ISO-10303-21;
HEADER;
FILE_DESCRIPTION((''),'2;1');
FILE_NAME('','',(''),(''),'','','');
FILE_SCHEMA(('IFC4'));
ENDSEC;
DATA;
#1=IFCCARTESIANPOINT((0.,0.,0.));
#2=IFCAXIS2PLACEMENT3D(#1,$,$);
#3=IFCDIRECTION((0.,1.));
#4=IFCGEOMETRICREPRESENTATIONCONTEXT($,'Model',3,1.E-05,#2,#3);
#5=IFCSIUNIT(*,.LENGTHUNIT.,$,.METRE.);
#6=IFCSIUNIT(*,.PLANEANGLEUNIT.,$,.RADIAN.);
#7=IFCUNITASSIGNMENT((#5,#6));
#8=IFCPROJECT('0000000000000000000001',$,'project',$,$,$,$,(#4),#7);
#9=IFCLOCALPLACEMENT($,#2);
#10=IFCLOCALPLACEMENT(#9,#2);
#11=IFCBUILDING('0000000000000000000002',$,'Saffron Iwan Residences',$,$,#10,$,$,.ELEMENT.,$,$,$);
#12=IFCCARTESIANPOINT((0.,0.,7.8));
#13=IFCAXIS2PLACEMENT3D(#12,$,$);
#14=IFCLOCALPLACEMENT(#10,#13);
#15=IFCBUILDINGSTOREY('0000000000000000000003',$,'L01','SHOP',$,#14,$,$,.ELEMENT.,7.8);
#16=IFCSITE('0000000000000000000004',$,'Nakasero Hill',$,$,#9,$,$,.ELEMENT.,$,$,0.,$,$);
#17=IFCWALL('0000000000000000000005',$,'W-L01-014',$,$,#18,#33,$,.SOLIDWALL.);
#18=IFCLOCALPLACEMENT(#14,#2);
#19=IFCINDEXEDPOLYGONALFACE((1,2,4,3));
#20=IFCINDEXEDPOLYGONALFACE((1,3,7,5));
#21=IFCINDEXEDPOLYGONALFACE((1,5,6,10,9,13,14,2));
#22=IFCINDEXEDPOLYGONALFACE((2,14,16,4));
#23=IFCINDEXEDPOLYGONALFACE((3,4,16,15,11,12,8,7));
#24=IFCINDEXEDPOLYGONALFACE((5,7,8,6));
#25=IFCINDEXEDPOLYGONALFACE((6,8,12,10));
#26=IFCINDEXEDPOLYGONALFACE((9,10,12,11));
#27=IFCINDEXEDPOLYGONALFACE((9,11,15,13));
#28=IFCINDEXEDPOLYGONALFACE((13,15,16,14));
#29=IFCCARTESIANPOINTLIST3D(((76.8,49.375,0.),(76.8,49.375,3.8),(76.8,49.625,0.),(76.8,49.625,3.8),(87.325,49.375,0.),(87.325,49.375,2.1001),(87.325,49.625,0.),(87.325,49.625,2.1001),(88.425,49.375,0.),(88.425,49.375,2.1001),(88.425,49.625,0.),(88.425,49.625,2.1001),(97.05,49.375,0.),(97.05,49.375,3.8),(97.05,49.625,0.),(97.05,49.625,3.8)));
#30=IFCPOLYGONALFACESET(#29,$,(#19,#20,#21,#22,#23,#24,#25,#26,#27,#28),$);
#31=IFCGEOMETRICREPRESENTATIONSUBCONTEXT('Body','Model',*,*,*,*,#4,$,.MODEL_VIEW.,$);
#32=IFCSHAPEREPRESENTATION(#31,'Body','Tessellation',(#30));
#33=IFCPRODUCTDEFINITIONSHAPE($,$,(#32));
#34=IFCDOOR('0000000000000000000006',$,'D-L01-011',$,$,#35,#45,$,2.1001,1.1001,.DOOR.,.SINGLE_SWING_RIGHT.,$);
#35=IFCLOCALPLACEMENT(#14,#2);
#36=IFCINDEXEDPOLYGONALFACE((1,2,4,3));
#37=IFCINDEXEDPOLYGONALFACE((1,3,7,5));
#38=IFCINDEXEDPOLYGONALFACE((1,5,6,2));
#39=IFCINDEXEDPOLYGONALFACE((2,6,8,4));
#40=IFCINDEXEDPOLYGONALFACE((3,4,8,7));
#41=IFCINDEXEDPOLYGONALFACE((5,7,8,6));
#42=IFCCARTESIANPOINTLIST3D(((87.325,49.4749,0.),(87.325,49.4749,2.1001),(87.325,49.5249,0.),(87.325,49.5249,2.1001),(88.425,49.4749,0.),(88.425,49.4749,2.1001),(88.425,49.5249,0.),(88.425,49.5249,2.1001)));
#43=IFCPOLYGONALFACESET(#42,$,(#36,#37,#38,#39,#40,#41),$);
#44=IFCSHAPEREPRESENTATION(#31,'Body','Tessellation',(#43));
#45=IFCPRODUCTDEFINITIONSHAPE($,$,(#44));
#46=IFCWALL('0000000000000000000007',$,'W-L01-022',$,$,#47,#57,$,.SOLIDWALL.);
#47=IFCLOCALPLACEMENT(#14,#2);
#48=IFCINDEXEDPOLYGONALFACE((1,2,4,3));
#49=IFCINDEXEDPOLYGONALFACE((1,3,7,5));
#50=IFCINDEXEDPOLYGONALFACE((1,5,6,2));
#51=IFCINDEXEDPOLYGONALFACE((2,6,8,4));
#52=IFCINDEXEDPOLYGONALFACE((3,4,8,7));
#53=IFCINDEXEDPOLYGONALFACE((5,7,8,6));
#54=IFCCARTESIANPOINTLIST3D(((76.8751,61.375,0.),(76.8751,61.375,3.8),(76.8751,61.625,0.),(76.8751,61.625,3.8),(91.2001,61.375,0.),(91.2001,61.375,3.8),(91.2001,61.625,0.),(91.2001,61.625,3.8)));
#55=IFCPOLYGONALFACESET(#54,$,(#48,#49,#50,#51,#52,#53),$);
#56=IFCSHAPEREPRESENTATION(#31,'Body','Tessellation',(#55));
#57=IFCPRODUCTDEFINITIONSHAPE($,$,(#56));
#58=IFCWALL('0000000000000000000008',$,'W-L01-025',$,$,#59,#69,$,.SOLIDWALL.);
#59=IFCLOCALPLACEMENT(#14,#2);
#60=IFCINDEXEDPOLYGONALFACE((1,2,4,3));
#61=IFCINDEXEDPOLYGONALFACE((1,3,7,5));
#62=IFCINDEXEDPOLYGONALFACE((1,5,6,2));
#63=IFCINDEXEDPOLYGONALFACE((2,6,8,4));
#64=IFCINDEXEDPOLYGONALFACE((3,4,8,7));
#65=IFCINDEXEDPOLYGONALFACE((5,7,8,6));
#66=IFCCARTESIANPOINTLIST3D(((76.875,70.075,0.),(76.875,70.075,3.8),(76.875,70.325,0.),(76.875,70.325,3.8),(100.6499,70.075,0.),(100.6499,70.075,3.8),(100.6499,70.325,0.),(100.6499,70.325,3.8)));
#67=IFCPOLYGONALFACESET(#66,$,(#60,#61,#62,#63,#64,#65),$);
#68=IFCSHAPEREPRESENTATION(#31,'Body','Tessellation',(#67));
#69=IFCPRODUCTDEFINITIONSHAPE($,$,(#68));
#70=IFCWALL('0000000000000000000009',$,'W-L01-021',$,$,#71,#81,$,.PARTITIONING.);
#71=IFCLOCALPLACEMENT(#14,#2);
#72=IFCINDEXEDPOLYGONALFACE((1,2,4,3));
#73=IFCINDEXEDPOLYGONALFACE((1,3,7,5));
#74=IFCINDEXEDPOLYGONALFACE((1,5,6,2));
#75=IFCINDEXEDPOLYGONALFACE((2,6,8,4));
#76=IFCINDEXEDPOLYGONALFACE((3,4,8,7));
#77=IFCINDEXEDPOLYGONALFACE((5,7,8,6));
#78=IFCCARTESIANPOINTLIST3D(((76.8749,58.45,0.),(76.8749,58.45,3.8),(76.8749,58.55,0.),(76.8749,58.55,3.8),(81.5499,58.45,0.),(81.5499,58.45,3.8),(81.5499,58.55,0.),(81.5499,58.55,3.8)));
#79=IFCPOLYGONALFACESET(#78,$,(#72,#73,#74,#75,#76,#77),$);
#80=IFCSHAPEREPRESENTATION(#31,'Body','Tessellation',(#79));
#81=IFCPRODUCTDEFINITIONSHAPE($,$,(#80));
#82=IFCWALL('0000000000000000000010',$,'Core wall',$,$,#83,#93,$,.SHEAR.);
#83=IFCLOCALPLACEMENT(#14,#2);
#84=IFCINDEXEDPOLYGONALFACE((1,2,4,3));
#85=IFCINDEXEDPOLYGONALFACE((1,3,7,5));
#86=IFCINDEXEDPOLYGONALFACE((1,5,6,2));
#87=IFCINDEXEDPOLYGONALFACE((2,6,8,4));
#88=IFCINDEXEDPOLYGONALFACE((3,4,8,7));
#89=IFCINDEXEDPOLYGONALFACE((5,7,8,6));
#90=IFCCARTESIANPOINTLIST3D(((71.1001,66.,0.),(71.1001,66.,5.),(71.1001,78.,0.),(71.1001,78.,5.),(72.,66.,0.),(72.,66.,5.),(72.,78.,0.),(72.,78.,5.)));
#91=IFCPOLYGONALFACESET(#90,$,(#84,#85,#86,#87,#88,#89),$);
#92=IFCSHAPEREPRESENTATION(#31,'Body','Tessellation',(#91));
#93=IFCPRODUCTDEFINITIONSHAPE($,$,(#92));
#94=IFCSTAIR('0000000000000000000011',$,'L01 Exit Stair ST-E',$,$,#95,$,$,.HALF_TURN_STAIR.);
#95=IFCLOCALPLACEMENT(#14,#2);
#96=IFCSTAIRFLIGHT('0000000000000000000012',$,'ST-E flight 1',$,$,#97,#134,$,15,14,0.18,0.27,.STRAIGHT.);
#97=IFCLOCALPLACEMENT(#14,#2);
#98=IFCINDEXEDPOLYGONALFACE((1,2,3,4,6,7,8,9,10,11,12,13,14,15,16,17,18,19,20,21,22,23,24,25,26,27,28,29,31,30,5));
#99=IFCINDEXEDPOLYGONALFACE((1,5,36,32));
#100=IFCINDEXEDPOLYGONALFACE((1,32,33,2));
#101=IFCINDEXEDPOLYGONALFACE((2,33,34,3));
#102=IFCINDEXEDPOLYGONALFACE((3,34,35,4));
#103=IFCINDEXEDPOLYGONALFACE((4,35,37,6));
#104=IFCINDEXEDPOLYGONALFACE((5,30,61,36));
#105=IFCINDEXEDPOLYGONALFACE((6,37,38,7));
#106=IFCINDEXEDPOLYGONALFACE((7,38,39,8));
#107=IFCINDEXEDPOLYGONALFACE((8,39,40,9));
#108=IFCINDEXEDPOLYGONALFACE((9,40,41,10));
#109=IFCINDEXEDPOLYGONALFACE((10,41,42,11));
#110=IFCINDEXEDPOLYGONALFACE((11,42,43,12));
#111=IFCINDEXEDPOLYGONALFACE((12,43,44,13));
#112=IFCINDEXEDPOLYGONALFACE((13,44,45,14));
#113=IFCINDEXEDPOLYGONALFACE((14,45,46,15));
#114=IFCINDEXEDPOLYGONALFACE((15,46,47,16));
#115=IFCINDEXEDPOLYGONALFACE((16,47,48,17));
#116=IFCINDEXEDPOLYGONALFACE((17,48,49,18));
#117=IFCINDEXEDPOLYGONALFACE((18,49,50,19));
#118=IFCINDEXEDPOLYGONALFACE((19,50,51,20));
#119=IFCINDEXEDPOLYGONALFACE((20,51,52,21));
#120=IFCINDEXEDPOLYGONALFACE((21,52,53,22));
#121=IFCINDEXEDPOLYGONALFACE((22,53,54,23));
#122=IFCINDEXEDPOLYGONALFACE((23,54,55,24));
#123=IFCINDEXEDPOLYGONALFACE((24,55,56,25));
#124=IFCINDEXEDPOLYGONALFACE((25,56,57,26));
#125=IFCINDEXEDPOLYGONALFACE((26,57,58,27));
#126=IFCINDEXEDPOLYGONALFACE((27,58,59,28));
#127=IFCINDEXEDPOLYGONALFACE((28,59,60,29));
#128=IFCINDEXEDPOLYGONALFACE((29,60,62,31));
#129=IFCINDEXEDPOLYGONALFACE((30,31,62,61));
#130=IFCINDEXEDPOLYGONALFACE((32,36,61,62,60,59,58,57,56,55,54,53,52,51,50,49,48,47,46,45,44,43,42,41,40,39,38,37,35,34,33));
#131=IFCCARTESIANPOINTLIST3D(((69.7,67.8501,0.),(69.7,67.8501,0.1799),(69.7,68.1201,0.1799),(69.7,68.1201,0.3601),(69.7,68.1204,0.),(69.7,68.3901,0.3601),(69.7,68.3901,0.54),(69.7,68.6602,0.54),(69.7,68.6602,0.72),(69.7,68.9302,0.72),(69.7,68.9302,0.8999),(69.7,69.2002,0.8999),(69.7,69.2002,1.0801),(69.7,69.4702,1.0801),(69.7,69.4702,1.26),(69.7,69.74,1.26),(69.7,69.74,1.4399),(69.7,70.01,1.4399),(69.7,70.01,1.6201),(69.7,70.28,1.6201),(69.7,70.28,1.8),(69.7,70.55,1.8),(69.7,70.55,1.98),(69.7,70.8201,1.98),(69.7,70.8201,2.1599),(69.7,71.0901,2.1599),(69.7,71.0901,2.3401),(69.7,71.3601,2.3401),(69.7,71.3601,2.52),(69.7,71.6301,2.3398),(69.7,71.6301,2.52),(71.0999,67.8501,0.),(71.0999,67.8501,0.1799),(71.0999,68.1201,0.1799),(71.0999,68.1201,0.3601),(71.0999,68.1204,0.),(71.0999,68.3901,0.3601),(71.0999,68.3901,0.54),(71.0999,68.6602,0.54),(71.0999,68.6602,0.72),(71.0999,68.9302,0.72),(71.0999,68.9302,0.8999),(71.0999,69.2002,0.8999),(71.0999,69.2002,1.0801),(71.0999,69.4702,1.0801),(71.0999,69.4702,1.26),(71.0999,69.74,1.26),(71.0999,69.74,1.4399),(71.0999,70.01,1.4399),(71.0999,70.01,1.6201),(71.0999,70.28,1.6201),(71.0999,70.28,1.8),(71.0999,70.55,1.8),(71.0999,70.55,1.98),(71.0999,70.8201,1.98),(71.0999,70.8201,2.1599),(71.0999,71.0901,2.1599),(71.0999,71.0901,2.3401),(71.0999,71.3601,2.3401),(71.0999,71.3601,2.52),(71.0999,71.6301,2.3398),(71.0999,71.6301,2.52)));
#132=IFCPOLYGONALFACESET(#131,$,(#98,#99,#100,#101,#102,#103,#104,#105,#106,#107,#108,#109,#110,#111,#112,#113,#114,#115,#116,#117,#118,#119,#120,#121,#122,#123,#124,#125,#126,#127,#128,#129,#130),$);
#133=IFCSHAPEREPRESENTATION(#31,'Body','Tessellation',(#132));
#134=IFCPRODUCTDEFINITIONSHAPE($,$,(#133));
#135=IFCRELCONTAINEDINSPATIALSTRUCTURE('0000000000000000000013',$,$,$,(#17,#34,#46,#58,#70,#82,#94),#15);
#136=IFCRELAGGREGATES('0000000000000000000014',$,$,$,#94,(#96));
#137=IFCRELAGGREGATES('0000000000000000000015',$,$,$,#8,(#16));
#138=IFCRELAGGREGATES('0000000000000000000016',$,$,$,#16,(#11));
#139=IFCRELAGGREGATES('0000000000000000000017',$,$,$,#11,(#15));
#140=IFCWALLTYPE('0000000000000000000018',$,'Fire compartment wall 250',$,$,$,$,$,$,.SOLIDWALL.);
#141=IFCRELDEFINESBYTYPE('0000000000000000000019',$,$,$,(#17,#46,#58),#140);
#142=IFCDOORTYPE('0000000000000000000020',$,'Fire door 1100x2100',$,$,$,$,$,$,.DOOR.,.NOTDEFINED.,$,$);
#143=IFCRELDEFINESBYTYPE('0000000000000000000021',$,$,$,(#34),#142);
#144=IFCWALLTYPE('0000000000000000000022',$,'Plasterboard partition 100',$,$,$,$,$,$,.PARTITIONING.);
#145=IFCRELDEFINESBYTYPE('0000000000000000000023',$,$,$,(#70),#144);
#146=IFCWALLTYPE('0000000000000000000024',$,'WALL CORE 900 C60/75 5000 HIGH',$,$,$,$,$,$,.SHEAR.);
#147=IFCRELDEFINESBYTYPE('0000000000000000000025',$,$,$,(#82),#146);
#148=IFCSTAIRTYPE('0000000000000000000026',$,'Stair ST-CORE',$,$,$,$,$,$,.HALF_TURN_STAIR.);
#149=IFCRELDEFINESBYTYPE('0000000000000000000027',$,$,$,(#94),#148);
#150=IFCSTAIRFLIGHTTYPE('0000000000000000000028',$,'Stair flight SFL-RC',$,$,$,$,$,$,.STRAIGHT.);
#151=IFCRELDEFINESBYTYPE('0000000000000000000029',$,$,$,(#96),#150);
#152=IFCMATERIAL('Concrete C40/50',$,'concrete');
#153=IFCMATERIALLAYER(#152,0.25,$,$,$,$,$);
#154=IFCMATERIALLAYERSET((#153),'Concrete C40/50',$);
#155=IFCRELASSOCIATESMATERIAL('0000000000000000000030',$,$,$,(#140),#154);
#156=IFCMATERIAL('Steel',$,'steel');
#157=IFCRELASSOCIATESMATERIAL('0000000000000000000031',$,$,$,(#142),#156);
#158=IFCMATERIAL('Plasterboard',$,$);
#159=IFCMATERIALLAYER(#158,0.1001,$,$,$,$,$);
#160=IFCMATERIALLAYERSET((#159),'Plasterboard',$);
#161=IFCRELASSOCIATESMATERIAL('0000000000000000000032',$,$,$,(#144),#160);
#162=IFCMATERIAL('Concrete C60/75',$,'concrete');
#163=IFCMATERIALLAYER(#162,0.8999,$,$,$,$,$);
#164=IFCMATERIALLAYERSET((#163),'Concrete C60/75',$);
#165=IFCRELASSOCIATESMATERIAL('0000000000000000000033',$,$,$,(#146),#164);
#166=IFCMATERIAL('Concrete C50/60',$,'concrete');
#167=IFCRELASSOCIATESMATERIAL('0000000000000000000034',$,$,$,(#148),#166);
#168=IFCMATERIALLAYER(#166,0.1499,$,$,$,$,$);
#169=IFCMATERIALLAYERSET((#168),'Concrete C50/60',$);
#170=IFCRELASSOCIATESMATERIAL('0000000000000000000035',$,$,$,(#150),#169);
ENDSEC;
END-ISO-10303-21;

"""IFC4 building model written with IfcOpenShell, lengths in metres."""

from ifc_helpers import new_model, si_unit, direction, frame, frame_2d, origin, place, context, subcontext, project, spatial, polyline, rectangle, outline, extrude, material, layer, layer_set, type_object, element, fill, aggregate, save


model = new_model("IFC4")

# Units and contexts
model_context = context("Model", 3, precision=1e-05, world=origin(), true_north=direction((0.0, 1.0)))
body_context = subcontext(model_context, "Body", "Model", "MODEL_VIEW")
ifc_project = project(units=[si_unit("LENGTHUNIT", "METRE"), si_unit("PLANEANGLEUNIT", "RADIAN")], contexts=[model_context])

# Site, building, storey
site_placement = place(None, origin())
site = spatial("IfcSite", under=ifc_project, at=site_placement, Name="Nakasero Hill", CompositionType="ELEMENT", RefElevation=0.0)
building_placement = place(site_placement, origin())
building = spatial("IfcBuilding", under=site, at=building_placement, Name="Saffron Iwan Residences", CompositionType="ELEMENT")
storey_placement = place(building_placement, frame((0.0, 0.0, 7.8)))
storey = spatial("IfcBuildingStorey", under=building, at=storey_placement, Name="L01", Description="SHOP", CompositionType="ELEMENT", Elevation=7.8)

# Shared definitions
ifc_material_1 = material(Name="Concrete C50/60", Category="concrete")

# Wall, opening, door
ifc_material_2 = material(Name="Concrete C40/50", Category="concrete")
ifc_layer_1 = layer(ifc_material_2, 0.25)
ifc_layer_set_1 = layer_set([ifc_layer_1], Name="Concrete C40/50")
wall_type_1 = type_object("IfcWallType", Name="Fire compartment wall 250", PredefinedType="SOLIDWALL", material=ifc_layer_set_1)
wall_1_placement = place(storey_placement, frame((76.8, 49.5, 0.0), z_axis=(0.0, 0.0, 1.0), x_axis=(1.0, 0.0, 0.0)))
wall_1 = element("IfcWall", 1, at=wall_1_placement, inside=storey, type_object=wall_type_1, Name="W-L01-014", PredefinedType="SOLIDWALL", context=body_context, shape_type="SweptSolid", body=[
    extrude(rectangle(XDim=20.25, YDim=0.25, at=frame_2d((10.125, 0.0))), origin(), (0.0, 0.0, 1.0), 3.8),
])
opening_1_placement = place(wall_1_placement, frame((10.5249, 0.0, 0.0)))
opening_1 = element("IfcOpeningElement", 2, at=opening_1_placement, cuts=wall_1, PredefinedType="OPENING", context=body_context, shape_type="SweptSolid", body=[
    extrude(rectangle(XDim=1.1001, YDim=2.1001, at=frame_2d((0.55, 1.05))), frame((0.0, 0.135, 0.0), z_axis=(0.0, -1.0, 0.0), x_axis=(1.0, 0.0, 0.0)), (0.0, 0.0, 1.0), 0.27),
])
ifc_material_3 = material(Name="Steel", Category="steel")
door_type_1 = type_object("IfcDoorType", Name="Fire door 1100x2100", OperationType="NOTDEFINED", PredefinedType="DOOR", material=ifc_material_3)
door_1_placement = place(opening_1_placement, origin())
door_1 = element("IfcDoor", 3, at=door_1_placement, inside=storey, type_object=door_type_1, Name="D-L01-011", OperationType="SINGLE_SWING_RIGHT", OverallHeight=2.1001, OverallWidth=1.1001, PredefinedType="DOOR", context=body_context, shape_type="SweptSolid", body=[
    extrude(rectangle(XDim=1.1001, YDim=2.1001, at=frame_2d((0.55, 1.05))), frame((0.0, 0.0249, 0.0), z_axis=(0.0, -1.0, 0.0), x_axis=(1.0, 0.0, 0.0)), (0.0, 0.0, 1.0), 0.05),
])
fill(opening_1, door_1)

# Walls
wall_2_placement = place(storey_placement, frame((76.875, 61.5, 0.0), z_axis=(0.0, 0.0, 1.0), x_axis=(1.0, 0.0, 0.0)))
element("IfcWall", 4, at=wall_2_placement, inside=storey, type_object=wall_type_1, Name="W-L01-022", PredefinedType="SOLIDWALL", context=body_context, shape_type="SweptSolid", body=[
    extrude(rectangle(XDim=14.325, YDim=0.25, at=frame_2d((7.1626, 0.0))), origin(), (0.0, 0.0, 1.0), 3.8),
])
wall_3_placement = place(storey_placement, frame((76.875, 70.2, 0.0), z_axis=(0.0, 0.0, 1.0), x_axis=(1.0, 0.0, 0.0)))
element("IfcWall", 5, at=wall_3_placement, inside=storey, type_object=wall_type_1, Name="W-L01-025", PredefinedType="SOLIDWALL", context=body_context, shape_type="SweptSolid", body=[
    extrude(rectangle(XDim=23.7749, YDim=0.25, at=frame_2d((11.8875, 0.0))), origin(), (0.0, 0.0, 1.0), 3.8),
])
ifc_material_4 = material(Name="Plasterboard")
ifc_layer_2 = layer(ifc_material_4, 0.1001)
ifc_layer_set_2 = layer_set([ifc_layer_2], Name="Plasterboard")
wall_type_2 = type_object("IfcWallType", Name="Plasterboard partition 100", PredefinedType="PARTITIONING", material=ifc_layer_set_2)
wall_4_placement = place(storey_placement, frame((76.875, 58.5, 0.0), z_axis=(0.0, 0.0, 1.0), x_axis=(1.0, 0.0, 0.0)))
element("IfcWall", 6, at=wall_4_placement, inside=storey, type_object=wall_type_2, Name="W-L01-021", PredefinedType="PARTITIONING", context=body_context, shape_type="SweptSolid", body=[
    extrude(rectangle(XDim=4.675, YDim=0.1001, at=frame_2d((2.3374, 0.0))), origin(), (0.0, 0.0, 1.0), 3.8),
])
ifc_material_5 = material(Name="Concrete C60/75", Category="concrete")
ifc_layer_3 = layer(ifc_material_5, 0.8999)
ifc_layer_set_3 = layer_set([ifc_layer_3], Name="Concrete C60/75")
wall_type_3 = type_object("IfcWallType", Name="WALL CORE 900 C60/75 5000 HIGH", PredefinedType="SHEAR", material=ifc_layer_set_3)
wall_5_placement = place(storey_placement, frame((71.55, 66.0, 0.0), z_axis=(0.0, 0.0, 1.0), x_axis=(0.0, 1.0, 0.0)))
element("IfcWall", 7, at=wall_5_placement, inside=storey, type_object=wall_type_3, Name="Core wall", PredefinedType="SHEAR", context=body_context, shape_type="SweptSolid", body=[
    extrude(rectangle(XDim=12.0, YDim=0.8999, at=frame_2d((6.0, 0.0))), origin(), (0.0, 0.0, 1.0), 5.0),
])

# Stair, stair flight
stair_type = type_object("IfcStairType", Name="Stair ST-CORE", PredefinedType="HALF_TURN_STAIR", material=ifc_material_1)
stair_placement = place(storey_placement, origin())
stair = element("IfcStair", 8, at=stair_placement, inside=storey, type_object=stair_type, Name="L01 Exit Stair ST-E", PredefinedType="HALF_TURN_STAIR")
ifc_layer_4 = layer(ifc_material_1, 0.1499)
ifc_layer_set_4 = layer_set([ifc_layer_4], Name="Concrete C50/60")
stair_flight_type = type_object("IfcStairFlightType", Name="Stair flight SFL-RC", PredefinedType="STRAIGHT", material=ifc_layer_set_4)
stair_flight_placement = place(storey_placement, frame((70.3999, 67.8501, 0.0), z_axis=(0.0, 0.0, 1.0), x_axis=(0.0, 1.0, 0.0)))
stair_flight = element("IfcStairFlight", 9, at=stair_flight_placement, type_object=stair_flight_type, Name="ST-E flight 1", NumberOfRisers=15, NumberOfTreads=14, PredefinedType="STRAIGHT", RiserHeight=0.18, TreadLength=0.27, context=body_context, shape_type="SweptSolid", body=[
    extrude(outline(polyline([(0.0, 0.0), (0.0, 0.1799), (0.27, 0.1799), (0.27, 0.3601), (0.54, 0.3601), (0.54, 0.54), (0.8101, 0.54), (0.8101, 0.72), (1.0801, 0.72), (1.0801, 0.8999), (1.3501, 0.8999), (1.3501, 1.0801), (1.6201, 1.0801), (1.6201, 1.26), (1.8899, 1.26), (1.8899, 1.4399), (2.1599, 1.4399), (2.1599, 1.6201), (2.4299, 1.6201), (2.4299, 1.8), (2.7, 1.8), (2.7, 1.98), (2.97, 1.98), (2.97, 2.1599), (3.24, 2.1599), (3.24, 2.3401), (3.51, 2.3401), (3.51, 2.52), (3.78, 2.52), (3.78, 2.7), (3.78, 2.3398), (0.2703, 0.0), (0.0, 0.0)])), frame((0.0, 0.7, 0.0), z_axis=(0.0, -1.0, 0.0), x_axis=(1.0, 0.0, 0.0)), (0.0, 0.0, 1.0), 1.3999),
])
aggregate(stair, [stair_flight])

save(model, "model.ifc")
